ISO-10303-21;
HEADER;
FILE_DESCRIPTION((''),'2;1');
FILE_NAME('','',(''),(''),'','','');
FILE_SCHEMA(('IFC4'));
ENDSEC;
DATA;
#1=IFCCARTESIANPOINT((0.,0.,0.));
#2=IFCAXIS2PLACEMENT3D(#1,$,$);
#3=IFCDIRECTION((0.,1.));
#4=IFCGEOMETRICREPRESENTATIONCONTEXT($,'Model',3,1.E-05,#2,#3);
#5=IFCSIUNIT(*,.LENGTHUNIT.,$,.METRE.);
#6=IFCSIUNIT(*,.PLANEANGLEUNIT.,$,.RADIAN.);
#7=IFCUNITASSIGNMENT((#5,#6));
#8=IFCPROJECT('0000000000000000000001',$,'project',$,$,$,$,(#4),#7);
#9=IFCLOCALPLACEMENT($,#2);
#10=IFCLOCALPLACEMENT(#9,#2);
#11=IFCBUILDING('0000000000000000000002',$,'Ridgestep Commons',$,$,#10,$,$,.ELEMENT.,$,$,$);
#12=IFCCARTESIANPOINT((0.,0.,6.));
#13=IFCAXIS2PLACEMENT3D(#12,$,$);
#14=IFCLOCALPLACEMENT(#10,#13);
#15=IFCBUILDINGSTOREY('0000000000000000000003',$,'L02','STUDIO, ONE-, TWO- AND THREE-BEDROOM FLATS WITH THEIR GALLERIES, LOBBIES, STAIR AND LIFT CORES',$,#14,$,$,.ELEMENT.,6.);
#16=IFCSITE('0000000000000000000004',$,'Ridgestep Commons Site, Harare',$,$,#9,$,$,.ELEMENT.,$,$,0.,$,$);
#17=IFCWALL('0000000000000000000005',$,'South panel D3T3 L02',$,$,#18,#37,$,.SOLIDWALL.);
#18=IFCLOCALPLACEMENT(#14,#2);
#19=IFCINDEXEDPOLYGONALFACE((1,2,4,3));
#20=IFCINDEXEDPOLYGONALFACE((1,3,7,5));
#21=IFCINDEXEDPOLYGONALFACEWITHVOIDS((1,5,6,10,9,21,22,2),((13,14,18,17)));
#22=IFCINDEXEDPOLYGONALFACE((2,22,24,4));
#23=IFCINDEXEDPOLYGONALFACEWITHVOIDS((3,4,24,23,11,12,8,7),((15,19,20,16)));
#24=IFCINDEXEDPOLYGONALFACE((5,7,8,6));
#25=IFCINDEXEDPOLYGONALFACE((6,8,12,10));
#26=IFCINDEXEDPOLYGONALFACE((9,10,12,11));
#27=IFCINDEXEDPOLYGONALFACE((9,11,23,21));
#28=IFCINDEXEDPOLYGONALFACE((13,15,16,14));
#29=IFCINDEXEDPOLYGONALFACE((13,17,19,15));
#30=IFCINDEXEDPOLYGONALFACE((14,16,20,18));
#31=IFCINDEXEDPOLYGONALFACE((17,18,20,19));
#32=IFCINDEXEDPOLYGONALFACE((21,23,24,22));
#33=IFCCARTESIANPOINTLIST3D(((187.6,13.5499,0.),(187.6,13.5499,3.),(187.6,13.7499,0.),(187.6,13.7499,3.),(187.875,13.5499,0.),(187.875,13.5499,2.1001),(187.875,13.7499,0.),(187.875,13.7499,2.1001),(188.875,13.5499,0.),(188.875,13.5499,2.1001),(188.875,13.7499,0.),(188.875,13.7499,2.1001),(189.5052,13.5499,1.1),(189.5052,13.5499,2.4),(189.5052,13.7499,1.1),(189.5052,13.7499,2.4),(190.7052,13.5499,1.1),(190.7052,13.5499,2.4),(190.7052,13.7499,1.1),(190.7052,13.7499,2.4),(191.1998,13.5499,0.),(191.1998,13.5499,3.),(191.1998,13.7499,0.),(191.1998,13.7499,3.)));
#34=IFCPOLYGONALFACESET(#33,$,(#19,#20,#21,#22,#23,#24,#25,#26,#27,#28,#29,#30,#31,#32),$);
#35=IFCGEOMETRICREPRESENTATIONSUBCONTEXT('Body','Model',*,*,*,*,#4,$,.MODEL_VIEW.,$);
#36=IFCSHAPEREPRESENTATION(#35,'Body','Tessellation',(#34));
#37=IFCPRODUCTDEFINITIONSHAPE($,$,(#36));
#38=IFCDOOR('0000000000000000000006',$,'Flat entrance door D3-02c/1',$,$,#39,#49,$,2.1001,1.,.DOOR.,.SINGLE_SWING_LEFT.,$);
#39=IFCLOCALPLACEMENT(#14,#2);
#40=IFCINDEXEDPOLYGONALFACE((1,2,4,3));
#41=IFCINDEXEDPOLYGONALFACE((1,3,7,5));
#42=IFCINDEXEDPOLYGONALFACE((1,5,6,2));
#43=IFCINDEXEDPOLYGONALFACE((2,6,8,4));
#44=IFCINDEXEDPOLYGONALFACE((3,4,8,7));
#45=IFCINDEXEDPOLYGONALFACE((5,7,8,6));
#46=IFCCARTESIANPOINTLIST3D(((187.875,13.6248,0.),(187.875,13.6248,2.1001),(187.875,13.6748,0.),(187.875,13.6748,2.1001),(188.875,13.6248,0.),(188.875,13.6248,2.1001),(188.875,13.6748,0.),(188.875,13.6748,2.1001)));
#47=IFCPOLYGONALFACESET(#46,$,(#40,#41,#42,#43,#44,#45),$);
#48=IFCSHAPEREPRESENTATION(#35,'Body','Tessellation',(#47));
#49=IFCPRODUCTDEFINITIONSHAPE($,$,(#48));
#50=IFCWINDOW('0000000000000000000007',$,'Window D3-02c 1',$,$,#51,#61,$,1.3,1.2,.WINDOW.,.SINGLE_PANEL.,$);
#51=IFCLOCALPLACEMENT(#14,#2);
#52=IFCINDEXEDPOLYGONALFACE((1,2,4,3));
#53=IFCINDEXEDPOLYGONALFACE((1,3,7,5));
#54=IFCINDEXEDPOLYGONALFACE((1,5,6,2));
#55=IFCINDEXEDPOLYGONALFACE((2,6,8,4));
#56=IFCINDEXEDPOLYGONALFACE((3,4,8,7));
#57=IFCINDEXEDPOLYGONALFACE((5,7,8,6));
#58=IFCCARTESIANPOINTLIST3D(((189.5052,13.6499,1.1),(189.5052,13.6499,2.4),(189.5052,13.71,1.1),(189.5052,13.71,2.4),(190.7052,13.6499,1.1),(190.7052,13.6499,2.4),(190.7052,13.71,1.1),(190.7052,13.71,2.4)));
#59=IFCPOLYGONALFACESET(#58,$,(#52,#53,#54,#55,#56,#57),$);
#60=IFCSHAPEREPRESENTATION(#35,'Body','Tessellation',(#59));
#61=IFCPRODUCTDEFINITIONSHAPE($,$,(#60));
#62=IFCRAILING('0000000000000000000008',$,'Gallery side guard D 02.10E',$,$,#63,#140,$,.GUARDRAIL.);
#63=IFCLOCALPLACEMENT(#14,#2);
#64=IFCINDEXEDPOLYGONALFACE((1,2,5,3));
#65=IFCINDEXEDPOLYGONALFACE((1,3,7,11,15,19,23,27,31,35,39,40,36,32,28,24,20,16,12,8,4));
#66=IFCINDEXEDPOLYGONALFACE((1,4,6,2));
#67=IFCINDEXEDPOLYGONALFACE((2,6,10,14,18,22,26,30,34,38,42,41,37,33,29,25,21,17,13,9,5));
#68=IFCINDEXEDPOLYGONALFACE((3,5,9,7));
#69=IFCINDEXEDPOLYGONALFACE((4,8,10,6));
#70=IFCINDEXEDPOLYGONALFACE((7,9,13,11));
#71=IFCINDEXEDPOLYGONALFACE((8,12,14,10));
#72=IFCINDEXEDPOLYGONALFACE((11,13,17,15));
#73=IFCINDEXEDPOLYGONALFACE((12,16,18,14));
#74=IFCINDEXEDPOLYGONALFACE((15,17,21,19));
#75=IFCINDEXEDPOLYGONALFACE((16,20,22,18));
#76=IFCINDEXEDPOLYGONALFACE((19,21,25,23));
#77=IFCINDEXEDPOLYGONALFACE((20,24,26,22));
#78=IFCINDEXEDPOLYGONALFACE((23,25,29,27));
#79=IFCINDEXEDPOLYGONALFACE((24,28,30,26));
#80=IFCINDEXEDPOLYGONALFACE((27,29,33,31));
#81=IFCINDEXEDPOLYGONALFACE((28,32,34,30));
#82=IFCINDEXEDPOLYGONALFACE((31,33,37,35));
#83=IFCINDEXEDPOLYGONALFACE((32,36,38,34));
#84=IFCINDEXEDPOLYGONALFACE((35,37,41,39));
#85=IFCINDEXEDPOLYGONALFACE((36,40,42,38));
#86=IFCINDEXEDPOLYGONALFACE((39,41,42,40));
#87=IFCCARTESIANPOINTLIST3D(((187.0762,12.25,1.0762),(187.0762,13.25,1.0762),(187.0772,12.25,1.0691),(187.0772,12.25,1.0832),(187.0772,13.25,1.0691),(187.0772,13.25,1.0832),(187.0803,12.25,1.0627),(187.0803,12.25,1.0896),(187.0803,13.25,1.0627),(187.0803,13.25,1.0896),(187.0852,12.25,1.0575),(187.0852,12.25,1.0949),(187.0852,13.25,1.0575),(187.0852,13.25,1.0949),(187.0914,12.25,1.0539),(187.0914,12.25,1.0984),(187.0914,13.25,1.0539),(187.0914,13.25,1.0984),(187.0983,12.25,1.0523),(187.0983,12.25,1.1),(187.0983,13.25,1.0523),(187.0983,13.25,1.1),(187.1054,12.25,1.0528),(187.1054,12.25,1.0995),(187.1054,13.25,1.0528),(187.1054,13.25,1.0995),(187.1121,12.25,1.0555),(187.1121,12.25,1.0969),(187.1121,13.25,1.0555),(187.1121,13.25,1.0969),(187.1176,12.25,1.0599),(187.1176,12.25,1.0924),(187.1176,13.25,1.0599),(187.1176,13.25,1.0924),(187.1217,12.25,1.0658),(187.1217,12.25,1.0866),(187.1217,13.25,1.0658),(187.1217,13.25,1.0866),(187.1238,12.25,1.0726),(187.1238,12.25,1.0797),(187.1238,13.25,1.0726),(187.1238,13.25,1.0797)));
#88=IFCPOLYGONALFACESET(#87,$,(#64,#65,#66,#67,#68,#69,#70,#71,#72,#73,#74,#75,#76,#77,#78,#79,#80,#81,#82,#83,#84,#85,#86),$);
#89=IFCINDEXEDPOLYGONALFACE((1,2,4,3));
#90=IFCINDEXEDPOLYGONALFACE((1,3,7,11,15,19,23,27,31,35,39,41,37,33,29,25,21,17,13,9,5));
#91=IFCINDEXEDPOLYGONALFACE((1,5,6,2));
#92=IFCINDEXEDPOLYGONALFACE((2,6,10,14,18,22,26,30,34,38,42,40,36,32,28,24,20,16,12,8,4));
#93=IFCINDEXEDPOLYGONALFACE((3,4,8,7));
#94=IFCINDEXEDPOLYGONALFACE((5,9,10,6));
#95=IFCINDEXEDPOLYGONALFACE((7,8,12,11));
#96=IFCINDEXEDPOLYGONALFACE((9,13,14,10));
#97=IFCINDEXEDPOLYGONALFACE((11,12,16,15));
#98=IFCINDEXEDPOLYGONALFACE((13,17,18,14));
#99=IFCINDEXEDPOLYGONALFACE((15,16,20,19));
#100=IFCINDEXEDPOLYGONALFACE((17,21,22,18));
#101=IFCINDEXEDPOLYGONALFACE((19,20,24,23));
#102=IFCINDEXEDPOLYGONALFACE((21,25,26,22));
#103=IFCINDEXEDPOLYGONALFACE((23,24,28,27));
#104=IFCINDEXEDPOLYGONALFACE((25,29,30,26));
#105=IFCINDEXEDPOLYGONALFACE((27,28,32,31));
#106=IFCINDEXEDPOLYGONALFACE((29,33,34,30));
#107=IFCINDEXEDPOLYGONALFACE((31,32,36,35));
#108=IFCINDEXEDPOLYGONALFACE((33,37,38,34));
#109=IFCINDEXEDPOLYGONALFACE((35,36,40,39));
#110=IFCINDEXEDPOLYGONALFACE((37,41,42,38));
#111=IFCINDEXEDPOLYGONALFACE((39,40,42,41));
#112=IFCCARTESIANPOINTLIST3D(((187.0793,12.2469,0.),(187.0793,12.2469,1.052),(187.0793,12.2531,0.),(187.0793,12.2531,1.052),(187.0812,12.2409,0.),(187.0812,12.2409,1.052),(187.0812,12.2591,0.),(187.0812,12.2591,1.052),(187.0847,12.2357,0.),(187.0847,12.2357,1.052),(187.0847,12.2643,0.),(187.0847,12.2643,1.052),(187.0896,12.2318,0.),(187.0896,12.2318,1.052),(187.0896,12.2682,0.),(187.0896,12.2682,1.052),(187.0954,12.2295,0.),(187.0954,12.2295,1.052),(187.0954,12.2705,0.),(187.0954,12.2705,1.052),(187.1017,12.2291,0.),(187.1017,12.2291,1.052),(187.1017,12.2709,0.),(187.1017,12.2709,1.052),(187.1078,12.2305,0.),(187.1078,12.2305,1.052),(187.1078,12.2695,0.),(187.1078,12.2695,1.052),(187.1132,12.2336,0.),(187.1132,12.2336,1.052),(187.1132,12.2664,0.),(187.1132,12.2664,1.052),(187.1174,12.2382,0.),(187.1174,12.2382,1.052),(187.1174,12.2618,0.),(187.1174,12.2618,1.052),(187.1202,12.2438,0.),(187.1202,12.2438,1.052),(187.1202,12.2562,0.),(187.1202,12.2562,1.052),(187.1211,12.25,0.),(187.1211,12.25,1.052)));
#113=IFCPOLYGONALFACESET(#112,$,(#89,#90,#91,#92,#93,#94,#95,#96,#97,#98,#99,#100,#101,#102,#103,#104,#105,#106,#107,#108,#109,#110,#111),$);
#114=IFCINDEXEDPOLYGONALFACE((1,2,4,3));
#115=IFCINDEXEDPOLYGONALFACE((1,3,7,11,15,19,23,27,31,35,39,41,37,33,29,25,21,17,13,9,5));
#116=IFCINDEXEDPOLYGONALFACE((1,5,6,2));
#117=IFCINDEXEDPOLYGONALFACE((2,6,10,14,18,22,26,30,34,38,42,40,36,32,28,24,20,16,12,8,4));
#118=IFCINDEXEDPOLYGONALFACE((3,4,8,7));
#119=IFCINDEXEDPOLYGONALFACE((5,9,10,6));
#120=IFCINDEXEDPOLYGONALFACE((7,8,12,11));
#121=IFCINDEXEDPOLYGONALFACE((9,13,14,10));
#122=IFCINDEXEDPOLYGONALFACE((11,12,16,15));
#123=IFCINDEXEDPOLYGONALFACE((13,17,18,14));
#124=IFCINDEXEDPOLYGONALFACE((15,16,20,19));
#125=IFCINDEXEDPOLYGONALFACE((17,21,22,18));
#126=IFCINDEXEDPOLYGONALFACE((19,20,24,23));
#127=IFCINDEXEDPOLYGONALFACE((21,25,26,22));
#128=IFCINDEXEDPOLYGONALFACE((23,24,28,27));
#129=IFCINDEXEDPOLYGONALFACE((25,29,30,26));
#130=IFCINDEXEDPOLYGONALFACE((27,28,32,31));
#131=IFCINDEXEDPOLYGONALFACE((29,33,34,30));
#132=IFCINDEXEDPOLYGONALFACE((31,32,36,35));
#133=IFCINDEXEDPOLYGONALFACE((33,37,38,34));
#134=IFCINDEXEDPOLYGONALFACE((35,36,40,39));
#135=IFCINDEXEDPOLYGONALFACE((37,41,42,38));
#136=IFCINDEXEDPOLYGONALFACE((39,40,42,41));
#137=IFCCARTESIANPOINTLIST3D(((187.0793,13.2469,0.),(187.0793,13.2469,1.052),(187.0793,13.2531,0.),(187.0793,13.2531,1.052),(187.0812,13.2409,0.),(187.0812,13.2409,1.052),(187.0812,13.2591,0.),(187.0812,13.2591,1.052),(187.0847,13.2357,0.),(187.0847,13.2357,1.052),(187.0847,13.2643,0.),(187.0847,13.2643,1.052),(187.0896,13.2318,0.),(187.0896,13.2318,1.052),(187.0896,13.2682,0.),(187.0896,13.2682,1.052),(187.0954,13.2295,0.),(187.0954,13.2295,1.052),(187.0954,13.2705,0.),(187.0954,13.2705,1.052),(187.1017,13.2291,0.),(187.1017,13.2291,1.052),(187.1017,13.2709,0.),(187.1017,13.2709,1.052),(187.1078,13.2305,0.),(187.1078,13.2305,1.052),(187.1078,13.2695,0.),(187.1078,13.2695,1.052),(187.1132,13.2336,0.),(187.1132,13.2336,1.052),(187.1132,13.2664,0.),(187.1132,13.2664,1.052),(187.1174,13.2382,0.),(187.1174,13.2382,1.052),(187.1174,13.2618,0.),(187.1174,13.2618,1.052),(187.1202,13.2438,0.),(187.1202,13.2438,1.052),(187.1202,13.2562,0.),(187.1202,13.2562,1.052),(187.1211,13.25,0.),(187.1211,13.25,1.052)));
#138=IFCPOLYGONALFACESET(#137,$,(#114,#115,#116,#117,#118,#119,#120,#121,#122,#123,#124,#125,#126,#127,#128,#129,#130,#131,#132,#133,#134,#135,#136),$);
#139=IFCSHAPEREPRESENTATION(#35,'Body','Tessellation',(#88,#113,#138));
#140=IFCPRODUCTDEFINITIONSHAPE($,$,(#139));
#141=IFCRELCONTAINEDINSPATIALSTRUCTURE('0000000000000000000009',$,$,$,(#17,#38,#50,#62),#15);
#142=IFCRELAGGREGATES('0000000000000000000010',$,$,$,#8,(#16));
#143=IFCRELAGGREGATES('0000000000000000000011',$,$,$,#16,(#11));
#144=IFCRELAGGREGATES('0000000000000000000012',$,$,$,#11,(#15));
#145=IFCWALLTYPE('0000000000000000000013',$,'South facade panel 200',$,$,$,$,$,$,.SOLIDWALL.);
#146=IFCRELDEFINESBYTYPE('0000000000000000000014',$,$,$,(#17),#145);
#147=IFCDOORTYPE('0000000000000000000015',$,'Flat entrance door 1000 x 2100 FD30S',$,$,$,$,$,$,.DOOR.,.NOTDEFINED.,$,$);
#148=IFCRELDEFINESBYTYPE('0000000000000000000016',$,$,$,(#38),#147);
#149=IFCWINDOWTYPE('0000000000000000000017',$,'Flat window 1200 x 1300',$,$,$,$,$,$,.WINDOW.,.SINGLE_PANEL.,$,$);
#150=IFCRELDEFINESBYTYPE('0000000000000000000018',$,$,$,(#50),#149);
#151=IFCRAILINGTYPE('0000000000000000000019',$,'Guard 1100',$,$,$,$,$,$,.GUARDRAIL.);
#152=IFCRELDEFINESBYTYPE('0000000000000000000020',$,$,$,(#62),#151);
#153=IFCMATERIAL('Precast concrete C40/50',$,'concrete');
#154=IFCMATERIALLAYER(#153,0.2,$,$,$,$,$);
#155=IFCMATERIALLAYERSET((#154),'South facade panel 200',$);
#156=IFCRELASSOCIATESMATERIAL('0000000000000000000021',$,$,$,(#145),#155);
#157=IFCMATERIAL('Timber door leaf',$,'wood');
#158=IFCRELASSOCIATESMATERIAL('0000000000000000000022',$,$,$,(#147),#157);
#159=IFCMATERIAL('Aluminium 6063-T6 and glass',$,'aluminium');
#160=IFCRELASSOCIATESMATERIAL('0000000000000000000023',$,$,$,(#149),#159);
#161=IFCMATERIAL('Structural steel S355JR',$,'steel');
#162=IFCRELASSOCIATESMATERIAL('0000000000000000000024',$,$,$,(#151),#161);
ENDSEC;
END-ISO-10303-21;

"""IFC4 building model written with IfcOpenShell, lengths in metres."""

from ifc_helpers import new_model, si_unit, direction, frame, frame_2d, origin, origin_2d, place, context, subcontext, project, spatial, rectangle, circle, extrude, material, layer, layer_set, type_object, element, fill, save


model = new_model("IFC4")

# Units and contexts
model_context = context("Model", 3, precision=1e-05, world=origin(), true_north=direction((0.0, 1.0)))
body_context = subcontext(model_context, "Body", "Model", "MODEL_VIEW")
ifc_project = project(units=[si_unit("LENGTHUNIT", "METRE"), si_unit("PLANEANGLEUNIT", "RADIAN")], contexts=[model_context])

# Site, building, storey
site_placement = place(None, origin())
site = spatial("IfcSite", under=ifc_project, at=site_placement, Name="Ridgestep Commons Site, Harare", CompositionType="ELEMENT", RefElevation=0.0)
building_placement = place(site_placement, origin())
building = spatial("IfcBuilding", under=site, at=building_placement, Name="Ridgestep Commons", CompositionType="ELEMENT")
storey_placement = place(building_placement, frame((0.0, 0.0, 6.0)))
storey = spatial("IfcBuildingStorey", under=building, at=storey_placement, Name="L02", Description="STUDIO, ONE-, TWO- AND THREE-BEDROOM FLATS WITH THEIR GALLERIES, LOBBIES, STAIR AND LIFT CORES", CompositionType="ELEMENT", Elevation=6.0)

# Wall, openings, door, window
ifc_material_1 = material(Name="Precast concrete C40/50", Category="concrete")
ifc_layer_1 = layer(ifc_material_1, 0.2)
ifc_layer_set_1 = layer_set([ifc_layer_1], Name="South facade panel 200")
wall_type_1 = type_object("IfcWallType", Name="South facade panel 200", PredefinedType="SOLIDWALL", material=ifc_layer_set_1)
wall_1_placement = place(storey_placement, frame((187.6001, 13.6499, 0.0), z_axis=(0.0, 0.0, 1.0), x_axis=(1.0, 0.0, 0.0)))
wall_1 = element("IfcWall", 1, at=wall_1_placement, inside=storey, type_object=wall_type_1, Name="South panel D3T3 L02", PredefinedType="SOLIDWALL", context=body_context, shape_type="SweptSolid", body=[
    extrude(rectangle(XDim=3.5999, YDim=0.2, at=frame_2d((1.7998, 0.0))), origin(), (0.0, 0.0, 1.0), 3.0),
])
opening_1_placement = place(wall_1_placement, frame((1.905, 0.0, 1.1001)))
opening_1 = element("IfcOpeningElement", 2, at=opening_1_placement, cuts=wall_1, PredefinedType="OPENING", context=body_context, shape_type="SweptSolid", body=[
    extrude(rectangle(XDim=1.2, YDim=1.3, at=frame_2d((0.6001, 0.6499))), frame((0.0, 0.1099, 0.0), z_axis=(0.0, -1.0, 0.0), x_axis=(1.0, 0.0, 0.0)), (0.0, 0.0, 1.0), 0.22),
])
opening_2_placement = place(wall_1_placement, frame((0.2749, 0.0, 0.0)))
opening_2 = element("IfcOpeningElement", 3, at=opening_2_placement, cuts=wall_1, PredefinedType="OPENING", context=body_context, shape_type="SweptSolid", body=[
    extrude(rectangle(XDim=1.0, YDim=2.1001, at=frame_2d((0.5, 1.05))), frame((0.0, 0.1099, 0.0), z_axis=(0.0, -1.0, 0.0), x_axis=(1.0, 0.0, 0.0)), (0.0, 0.0, 1.0), 0.22),
])
ifc_material_2 = material(Name="Timber door leaf", Category="wood")
door_type_1 = type_object("IfcDoorType", Name="Flat entrance door 1000 x 2100 FD30S", OperationType="NOTDEFINED", PredefinedType="DOOR", material=ifc_material_2)
door_1_placement = place(opening_2_placement, origin())
door_1 = element("IfcDoor", 4, at=door_1_placement, inside=storey, type_object=door_type_1, Name="Flat entrance door D3-02c/1", OperationType="SINGLE_SWING_LEFT", OverallHeight=2.1001, OverallWidth=1.0, PredefinedType="DOOR", context=body_context, shape_type="SweptSolid", body=[
    extrude(rectangle(XDim=1.0, YDim=2.1001, at=frame_2d((0.5, 1.05))), frame((0.0, 0.0249, 0.0), z_axis=(0.0, -1.0, 0.0), x_axis=(1.0, 0.0, 0.0)), (0.0, 0.0, 1.0), 0.05),
])
fill(opening_2, door_1)
ifc_material_3 = material(Name="Aluminium 6063-T6 and glass", Category="aluminium")
window_type = type_object("IfcWindowType", Name="Flat window 1200 x 1300", PartitioningType="SINGLE_PANEL", PredefinedType="WINDOW", material=ifc_material_3)
window_placement = place(opening_1_placement, origin())
window = element("IfcWindow", 5, at=window_placement, inside=storey, type_object=window_type, Name="Window D3-02c 1", OverallHeight=1.3, OverallWidth=1.2, PartitioningType="SINGLE_PANEL", PredefinedType="WINDOW", context=body_context, shape_type="SweptSolid", body=[
    extrude(rectangle(XDim=1.2, YDim=1.3, at=frame_2d((0.6001, 0.6499))), frame((0.0, 0.0601, 0.0), z_axis=(0.0, -1.0, 0.0), x_axis=(1.0, 0.0, 0.0)), (0.0, 0.0, 1.0), 0.0601),
])
fill(opening_1, window)

# Railing
ifc_material_4 = material(Name="Structural steel S355JR", Category="steel")
railing_type = type_object("IfcRailingType", Name="Guard 1100", PredefinedType="GUARDRAIL", material=ifc_material_4)
for number, where, name in (
    (6, (187.1001, 12.25, 0.0), "Gallery side guard D 02.10E"),
):
    element("IfcRailing", number, at=place(storey_placement, frame(where)), inside=storey, type_object=railing_type, Name=name, PredefinedType="GUARDRAIL", context=body_context, shape_type="SweptSolid", body=[
        extrude(circle(Radius=0.0239, at=origin_2d()), frame((0.0, 0.0, 1.0762), z_axis=(0.0, 1.0, 0.0), x_axis=(-1.0, 0.0, 0.0)), (0.0, 0.0, 1.0), 1.0),
        extrude(circle(Radius=0.021, at=origin_2d()), origin(), (0.0, 0.0, 1.0), 1.052),
        extrude(circle(Radius=0.021, at=origin_2d()), frame((0.0, 1.0, 0.0)), (0.0, 0.0, 1.0), 1.052),
    ])

save(model, "model.ifc")
